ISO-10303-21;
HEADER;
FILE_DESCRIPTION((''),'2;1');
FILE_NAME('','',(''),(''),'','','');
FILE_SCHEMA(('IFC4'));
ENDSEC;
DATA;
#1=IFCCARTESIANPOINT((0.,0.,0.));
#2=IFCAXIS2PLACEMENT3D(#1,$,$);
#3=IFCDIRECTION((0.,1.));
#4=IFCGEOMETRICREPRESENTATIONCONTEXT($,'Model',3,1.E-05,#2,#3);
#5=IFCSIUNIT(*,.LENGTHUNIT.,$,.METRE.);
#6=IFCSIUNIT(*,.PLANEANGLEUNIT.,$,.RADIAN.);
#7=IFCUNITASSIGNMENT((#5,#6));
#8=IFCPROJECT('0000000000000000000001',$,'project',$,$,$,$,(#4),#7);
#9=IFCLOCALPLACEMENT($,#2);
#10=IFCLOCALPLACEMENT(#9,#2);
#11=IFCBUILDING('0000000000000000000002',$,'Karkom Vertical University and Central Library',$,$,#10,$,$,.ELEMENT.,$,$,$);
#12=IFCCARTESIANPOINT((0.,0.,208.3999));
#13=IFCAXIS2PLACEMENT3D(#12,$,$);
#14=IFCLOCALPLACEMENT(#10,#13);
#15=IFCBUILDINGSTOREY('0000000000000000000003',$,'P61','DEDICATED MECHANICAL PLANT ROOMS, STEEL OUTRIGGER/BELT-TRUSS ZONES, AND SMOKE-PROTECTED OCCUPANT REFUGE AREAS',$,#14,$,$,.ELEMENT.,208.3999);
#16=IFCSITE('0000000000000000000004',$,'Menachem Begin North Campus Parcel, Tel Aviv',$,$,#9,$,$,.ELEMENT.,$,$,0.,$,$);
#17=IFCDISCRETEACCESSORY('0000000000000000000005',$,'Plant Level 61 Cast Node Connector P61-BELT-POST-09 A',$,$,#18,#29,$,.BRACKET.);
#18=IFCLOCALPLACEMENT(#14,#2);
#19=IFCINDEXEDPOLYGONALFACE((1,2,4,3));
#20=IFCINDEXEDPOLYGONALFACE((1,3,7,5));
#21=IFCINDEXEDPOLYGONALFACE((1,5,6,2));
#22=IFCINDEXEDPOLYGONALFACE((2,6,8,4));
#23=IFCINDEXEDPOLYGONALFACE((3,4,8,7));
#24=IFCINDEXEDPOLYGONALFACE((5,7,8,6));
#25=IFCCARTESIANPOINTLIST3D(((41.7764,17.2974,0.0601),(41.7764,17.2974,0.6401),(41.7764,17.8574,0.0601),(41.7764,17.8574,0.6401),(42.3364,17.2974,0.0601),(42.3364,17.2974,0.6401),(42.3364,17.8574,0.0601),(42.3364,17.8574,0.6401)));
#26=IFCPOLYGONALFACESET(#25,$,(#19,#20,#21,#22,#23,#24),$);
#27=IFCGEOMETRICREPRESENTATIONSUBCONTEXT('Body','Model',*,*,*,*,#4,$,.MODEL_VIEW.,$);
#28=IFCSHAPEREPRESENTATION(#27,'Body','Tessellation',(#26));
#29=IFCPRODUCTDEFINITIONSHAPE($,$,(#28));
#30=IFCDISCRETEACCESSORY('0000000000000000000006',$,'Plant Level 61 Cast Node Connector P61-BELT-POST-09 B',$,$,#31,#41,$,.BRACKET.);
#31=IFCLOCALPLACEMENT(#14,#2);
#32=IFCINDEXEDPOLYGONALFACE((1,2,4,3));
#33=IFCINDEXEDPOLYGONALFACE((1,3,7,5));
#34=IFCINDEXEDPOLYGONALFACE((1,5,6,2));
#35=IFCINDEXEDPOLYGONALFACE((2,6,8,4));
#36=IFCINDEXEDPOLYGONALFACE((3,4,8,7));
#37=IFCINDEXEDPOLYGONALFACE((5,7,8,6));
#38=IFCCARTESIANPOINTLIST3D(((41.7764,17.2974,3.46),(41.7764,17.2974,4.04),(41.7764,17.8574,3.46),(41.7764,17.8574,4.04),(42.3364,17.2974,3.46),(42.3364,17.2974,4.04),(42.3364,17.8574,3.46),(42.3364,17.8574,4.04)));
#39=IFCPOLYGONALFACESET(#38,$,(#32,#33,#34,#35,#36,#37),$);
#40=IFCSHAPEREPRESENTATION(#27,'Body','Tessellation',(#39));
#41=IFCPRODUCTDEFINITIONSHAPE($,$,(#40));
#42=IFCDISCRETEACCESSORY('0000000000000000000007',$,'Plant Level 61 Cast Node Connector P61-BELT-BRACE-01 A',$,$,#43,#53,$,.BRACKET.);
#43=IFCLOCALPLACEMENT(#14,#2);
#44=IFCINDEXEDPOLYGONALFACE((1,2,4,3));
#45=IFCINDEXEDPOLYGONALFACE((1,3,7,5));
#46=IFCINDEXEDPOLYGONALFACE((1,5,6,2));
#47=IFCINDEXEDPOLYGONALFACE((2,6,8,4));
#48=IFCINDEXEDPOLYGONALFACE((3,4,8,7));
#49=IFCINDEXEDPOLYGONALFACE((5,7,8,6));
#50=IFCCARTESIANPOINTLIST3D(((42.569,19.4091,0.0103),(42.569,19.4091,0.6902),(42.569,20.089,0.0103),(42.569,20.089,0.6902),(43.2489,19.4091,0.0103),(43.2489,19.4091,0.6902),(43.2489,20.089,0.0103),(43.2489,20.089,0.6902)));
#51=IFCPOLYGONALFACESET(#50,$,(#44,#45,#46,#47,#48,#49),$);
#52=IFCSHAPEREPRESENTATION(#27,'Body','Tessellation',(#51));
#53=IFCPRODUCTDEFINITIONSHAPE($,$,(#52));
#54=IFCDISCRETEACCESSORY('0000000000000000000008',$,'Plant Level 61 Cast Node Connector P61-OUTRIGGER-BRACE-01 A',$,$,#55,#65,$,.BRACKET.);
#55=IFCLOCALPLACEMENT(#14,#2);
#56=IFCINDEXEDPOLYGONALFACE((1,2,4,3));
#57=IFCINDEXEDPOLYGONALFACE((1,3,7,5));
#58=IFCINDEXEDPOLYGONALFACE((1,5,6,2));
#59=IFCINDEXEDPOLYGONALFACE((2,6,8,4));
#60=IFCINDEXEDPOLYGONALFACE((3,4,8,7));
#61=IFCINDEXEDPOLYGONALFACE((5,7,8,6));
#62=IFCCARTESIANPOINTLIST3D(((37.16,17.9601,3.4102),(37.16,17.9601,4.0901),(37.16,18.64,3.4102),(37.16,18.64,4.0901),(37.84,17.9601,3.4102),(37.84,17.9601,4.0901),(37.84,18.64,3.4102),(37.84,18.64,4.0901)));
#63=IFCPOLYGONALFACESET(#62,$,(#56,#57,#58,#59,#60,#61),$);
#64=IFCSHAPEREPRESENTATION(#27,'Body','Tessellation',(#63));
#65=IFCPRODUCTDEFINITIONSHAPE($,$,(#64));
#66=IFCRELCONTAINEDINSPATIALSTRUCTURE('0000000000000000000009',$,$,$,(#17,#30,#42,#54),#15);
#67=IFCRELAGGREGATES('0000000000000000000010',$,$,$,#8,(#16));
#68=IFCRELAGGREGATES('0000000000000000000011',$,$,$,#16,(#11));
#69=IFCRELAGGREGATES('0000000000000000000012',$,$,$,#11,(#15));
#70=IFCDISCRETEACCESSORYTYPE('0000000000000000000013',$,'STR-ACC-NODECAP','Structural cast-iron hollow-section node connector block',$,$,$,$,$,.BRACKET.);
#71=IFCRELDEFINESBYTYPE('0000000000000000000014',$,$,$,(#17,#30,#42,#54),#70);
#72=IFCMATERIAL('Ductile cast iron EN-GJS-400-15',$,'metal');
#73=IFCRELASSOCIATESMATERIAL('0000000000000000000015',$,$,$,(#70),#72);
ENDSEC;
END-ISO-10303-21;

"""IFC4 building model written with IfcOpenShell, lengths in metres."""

from ifc_helpers import new_model, si_unit, direction, frame, origin, origin_with_axes, origin_2d, place, context, subcontext, project, spatial, rectangle, extrude, source, transform, mapped, material, type_object, element, save


model = new_model("IFC4")

# Units and contexts
model_context = context("Model", 3, precision=1e-05, world=origin(), true_north=direction((0.0, 1.0)))
body_context = subcontext(model_context, "Body", "Model", "MODEL_VIEW")
ifc_project = project(units=[si_unit("LENGTHUNIT", "METRE"), si_unit("PLANEANGLEUNIT", "RADIAN")], contexts=[model_context])

# Site, building, storey
site_placement = place(None, origin())
site = spatial("IfcSite", under=ifc_project, at=site_placement, Name="Menachem Begin North Campus Parcel, Tel Aviv", CompositionType="ELEMENT", RefElevation=0.0)
building_placement = place(site_placement, origin())
building = spatial("IfcBuilding", under=site, at=building_placement, Name="Karkom Vertical University and Central Library", CompositionType="ELEMENT")
storey_placement = place(building_placement, frame((0.0, 0.0, 208.3999)))
storey = spatial("IfcBuildingStorey", under=building, at=storey_placement, Name="P61", Description="DEDICATED MECHANICAL PLANT ROOMS, STEEL OUTRIGGER/BELT-TRUSS ZONES, AND SMOKE-PROTECTED OCCUPANT REFUGE AREAS", CompositionType="ELEMENT", Elevation=208.3999)

# Discrete accessories
ifc_material_1 = material(Name="Ductile cast iron EN-GJS-400-15", Category="metal")
discrete_accessory_type = type_object("IfcDiscreteAccessoryType", Name="STR-ACC-NODECAP", Description="Structural cast-iron hollow-section node connector block", PredefinedType="BRACKET", material=ifc_material_1)
shared_shape_1 = source(origin_with_axes(), body_context, "Body", "SweptSolid", [
    extrude(rectangle(XDim=0.5601, YDim=0.5601, at=origin_2d()), origin(), (0.0, 0.0, 1.0), 0.5801),
])
for number, where, z_axis, x_axis, name in (
    (1, (42.0564, 17.5774, 0.0601), (0.0, 0.0, 1.0), (1.0, 0.0, 0.0), "Plant Level 61 Cast Node Connector P61-BELT-POST-09 A"),
    (2, (42.0564, 17.5774, 3.46), (0.0, 0.0, 1.0), (1.0, 0.0, 0.0), "Plant Level 61 Cast Node Connector P61-BELT-POST-09 B"),
):
    element("IfcDiscreteAccessory", number, at=place(storey_placement, frame(where, z_axis=z_axis, x_axis=x_axis)), inside=storey, type_object=discrete_accessory_type, Name=name, PredefinedType="BRACKET", context=body_context, shape_type="MappedRepresentation", body=[
        mapped(shared_shape_1, transform((0.0, 0.0, 0.0), scale=1.0)),
    ])
shared_shape_2 = source(origin_with_axes(), body_context, "Body", "SweptSolid", [
    extrude(rectangle(XDim=0.6799, YDim=0.6799, at=origin_2d()), origin(), (0.0, 0.0, 1.0), 0.6799),
])
for number, where, z_axis, x_axis, name in (
    (3, (42.9089, 19.749, 0.0103), (0.0, 0.0, 1.0), (1.0, 0.0, 0.0), "Plant Level 61 Cast Node Connector P61-BELT-BRACE-01 A"),
    (4, (37.5, 18.3, 3.4102), (0.0, 0.0, 1.0), (1.0, 0.0, 0.0), "Plant Level 61 Cast Node Connector P61-OUTRIGGER-BRACE-01 A"),
):
    element("IfcDiscreteAccessory", number, at=place(storey_placement, frame(where, z_axis=z_axis, x_axis=x_axis)), inside=storey, type_object=discrete_accessory_type, Name=name, PredefinedType="BRACKET", context=body_context, shape_type="MappedRepresentation", body=[
        mapped(shared_shape_2, transform((0.0, 0.0, 0.0), scale=1.0)),
    ])

save(model, "model.ifc")
